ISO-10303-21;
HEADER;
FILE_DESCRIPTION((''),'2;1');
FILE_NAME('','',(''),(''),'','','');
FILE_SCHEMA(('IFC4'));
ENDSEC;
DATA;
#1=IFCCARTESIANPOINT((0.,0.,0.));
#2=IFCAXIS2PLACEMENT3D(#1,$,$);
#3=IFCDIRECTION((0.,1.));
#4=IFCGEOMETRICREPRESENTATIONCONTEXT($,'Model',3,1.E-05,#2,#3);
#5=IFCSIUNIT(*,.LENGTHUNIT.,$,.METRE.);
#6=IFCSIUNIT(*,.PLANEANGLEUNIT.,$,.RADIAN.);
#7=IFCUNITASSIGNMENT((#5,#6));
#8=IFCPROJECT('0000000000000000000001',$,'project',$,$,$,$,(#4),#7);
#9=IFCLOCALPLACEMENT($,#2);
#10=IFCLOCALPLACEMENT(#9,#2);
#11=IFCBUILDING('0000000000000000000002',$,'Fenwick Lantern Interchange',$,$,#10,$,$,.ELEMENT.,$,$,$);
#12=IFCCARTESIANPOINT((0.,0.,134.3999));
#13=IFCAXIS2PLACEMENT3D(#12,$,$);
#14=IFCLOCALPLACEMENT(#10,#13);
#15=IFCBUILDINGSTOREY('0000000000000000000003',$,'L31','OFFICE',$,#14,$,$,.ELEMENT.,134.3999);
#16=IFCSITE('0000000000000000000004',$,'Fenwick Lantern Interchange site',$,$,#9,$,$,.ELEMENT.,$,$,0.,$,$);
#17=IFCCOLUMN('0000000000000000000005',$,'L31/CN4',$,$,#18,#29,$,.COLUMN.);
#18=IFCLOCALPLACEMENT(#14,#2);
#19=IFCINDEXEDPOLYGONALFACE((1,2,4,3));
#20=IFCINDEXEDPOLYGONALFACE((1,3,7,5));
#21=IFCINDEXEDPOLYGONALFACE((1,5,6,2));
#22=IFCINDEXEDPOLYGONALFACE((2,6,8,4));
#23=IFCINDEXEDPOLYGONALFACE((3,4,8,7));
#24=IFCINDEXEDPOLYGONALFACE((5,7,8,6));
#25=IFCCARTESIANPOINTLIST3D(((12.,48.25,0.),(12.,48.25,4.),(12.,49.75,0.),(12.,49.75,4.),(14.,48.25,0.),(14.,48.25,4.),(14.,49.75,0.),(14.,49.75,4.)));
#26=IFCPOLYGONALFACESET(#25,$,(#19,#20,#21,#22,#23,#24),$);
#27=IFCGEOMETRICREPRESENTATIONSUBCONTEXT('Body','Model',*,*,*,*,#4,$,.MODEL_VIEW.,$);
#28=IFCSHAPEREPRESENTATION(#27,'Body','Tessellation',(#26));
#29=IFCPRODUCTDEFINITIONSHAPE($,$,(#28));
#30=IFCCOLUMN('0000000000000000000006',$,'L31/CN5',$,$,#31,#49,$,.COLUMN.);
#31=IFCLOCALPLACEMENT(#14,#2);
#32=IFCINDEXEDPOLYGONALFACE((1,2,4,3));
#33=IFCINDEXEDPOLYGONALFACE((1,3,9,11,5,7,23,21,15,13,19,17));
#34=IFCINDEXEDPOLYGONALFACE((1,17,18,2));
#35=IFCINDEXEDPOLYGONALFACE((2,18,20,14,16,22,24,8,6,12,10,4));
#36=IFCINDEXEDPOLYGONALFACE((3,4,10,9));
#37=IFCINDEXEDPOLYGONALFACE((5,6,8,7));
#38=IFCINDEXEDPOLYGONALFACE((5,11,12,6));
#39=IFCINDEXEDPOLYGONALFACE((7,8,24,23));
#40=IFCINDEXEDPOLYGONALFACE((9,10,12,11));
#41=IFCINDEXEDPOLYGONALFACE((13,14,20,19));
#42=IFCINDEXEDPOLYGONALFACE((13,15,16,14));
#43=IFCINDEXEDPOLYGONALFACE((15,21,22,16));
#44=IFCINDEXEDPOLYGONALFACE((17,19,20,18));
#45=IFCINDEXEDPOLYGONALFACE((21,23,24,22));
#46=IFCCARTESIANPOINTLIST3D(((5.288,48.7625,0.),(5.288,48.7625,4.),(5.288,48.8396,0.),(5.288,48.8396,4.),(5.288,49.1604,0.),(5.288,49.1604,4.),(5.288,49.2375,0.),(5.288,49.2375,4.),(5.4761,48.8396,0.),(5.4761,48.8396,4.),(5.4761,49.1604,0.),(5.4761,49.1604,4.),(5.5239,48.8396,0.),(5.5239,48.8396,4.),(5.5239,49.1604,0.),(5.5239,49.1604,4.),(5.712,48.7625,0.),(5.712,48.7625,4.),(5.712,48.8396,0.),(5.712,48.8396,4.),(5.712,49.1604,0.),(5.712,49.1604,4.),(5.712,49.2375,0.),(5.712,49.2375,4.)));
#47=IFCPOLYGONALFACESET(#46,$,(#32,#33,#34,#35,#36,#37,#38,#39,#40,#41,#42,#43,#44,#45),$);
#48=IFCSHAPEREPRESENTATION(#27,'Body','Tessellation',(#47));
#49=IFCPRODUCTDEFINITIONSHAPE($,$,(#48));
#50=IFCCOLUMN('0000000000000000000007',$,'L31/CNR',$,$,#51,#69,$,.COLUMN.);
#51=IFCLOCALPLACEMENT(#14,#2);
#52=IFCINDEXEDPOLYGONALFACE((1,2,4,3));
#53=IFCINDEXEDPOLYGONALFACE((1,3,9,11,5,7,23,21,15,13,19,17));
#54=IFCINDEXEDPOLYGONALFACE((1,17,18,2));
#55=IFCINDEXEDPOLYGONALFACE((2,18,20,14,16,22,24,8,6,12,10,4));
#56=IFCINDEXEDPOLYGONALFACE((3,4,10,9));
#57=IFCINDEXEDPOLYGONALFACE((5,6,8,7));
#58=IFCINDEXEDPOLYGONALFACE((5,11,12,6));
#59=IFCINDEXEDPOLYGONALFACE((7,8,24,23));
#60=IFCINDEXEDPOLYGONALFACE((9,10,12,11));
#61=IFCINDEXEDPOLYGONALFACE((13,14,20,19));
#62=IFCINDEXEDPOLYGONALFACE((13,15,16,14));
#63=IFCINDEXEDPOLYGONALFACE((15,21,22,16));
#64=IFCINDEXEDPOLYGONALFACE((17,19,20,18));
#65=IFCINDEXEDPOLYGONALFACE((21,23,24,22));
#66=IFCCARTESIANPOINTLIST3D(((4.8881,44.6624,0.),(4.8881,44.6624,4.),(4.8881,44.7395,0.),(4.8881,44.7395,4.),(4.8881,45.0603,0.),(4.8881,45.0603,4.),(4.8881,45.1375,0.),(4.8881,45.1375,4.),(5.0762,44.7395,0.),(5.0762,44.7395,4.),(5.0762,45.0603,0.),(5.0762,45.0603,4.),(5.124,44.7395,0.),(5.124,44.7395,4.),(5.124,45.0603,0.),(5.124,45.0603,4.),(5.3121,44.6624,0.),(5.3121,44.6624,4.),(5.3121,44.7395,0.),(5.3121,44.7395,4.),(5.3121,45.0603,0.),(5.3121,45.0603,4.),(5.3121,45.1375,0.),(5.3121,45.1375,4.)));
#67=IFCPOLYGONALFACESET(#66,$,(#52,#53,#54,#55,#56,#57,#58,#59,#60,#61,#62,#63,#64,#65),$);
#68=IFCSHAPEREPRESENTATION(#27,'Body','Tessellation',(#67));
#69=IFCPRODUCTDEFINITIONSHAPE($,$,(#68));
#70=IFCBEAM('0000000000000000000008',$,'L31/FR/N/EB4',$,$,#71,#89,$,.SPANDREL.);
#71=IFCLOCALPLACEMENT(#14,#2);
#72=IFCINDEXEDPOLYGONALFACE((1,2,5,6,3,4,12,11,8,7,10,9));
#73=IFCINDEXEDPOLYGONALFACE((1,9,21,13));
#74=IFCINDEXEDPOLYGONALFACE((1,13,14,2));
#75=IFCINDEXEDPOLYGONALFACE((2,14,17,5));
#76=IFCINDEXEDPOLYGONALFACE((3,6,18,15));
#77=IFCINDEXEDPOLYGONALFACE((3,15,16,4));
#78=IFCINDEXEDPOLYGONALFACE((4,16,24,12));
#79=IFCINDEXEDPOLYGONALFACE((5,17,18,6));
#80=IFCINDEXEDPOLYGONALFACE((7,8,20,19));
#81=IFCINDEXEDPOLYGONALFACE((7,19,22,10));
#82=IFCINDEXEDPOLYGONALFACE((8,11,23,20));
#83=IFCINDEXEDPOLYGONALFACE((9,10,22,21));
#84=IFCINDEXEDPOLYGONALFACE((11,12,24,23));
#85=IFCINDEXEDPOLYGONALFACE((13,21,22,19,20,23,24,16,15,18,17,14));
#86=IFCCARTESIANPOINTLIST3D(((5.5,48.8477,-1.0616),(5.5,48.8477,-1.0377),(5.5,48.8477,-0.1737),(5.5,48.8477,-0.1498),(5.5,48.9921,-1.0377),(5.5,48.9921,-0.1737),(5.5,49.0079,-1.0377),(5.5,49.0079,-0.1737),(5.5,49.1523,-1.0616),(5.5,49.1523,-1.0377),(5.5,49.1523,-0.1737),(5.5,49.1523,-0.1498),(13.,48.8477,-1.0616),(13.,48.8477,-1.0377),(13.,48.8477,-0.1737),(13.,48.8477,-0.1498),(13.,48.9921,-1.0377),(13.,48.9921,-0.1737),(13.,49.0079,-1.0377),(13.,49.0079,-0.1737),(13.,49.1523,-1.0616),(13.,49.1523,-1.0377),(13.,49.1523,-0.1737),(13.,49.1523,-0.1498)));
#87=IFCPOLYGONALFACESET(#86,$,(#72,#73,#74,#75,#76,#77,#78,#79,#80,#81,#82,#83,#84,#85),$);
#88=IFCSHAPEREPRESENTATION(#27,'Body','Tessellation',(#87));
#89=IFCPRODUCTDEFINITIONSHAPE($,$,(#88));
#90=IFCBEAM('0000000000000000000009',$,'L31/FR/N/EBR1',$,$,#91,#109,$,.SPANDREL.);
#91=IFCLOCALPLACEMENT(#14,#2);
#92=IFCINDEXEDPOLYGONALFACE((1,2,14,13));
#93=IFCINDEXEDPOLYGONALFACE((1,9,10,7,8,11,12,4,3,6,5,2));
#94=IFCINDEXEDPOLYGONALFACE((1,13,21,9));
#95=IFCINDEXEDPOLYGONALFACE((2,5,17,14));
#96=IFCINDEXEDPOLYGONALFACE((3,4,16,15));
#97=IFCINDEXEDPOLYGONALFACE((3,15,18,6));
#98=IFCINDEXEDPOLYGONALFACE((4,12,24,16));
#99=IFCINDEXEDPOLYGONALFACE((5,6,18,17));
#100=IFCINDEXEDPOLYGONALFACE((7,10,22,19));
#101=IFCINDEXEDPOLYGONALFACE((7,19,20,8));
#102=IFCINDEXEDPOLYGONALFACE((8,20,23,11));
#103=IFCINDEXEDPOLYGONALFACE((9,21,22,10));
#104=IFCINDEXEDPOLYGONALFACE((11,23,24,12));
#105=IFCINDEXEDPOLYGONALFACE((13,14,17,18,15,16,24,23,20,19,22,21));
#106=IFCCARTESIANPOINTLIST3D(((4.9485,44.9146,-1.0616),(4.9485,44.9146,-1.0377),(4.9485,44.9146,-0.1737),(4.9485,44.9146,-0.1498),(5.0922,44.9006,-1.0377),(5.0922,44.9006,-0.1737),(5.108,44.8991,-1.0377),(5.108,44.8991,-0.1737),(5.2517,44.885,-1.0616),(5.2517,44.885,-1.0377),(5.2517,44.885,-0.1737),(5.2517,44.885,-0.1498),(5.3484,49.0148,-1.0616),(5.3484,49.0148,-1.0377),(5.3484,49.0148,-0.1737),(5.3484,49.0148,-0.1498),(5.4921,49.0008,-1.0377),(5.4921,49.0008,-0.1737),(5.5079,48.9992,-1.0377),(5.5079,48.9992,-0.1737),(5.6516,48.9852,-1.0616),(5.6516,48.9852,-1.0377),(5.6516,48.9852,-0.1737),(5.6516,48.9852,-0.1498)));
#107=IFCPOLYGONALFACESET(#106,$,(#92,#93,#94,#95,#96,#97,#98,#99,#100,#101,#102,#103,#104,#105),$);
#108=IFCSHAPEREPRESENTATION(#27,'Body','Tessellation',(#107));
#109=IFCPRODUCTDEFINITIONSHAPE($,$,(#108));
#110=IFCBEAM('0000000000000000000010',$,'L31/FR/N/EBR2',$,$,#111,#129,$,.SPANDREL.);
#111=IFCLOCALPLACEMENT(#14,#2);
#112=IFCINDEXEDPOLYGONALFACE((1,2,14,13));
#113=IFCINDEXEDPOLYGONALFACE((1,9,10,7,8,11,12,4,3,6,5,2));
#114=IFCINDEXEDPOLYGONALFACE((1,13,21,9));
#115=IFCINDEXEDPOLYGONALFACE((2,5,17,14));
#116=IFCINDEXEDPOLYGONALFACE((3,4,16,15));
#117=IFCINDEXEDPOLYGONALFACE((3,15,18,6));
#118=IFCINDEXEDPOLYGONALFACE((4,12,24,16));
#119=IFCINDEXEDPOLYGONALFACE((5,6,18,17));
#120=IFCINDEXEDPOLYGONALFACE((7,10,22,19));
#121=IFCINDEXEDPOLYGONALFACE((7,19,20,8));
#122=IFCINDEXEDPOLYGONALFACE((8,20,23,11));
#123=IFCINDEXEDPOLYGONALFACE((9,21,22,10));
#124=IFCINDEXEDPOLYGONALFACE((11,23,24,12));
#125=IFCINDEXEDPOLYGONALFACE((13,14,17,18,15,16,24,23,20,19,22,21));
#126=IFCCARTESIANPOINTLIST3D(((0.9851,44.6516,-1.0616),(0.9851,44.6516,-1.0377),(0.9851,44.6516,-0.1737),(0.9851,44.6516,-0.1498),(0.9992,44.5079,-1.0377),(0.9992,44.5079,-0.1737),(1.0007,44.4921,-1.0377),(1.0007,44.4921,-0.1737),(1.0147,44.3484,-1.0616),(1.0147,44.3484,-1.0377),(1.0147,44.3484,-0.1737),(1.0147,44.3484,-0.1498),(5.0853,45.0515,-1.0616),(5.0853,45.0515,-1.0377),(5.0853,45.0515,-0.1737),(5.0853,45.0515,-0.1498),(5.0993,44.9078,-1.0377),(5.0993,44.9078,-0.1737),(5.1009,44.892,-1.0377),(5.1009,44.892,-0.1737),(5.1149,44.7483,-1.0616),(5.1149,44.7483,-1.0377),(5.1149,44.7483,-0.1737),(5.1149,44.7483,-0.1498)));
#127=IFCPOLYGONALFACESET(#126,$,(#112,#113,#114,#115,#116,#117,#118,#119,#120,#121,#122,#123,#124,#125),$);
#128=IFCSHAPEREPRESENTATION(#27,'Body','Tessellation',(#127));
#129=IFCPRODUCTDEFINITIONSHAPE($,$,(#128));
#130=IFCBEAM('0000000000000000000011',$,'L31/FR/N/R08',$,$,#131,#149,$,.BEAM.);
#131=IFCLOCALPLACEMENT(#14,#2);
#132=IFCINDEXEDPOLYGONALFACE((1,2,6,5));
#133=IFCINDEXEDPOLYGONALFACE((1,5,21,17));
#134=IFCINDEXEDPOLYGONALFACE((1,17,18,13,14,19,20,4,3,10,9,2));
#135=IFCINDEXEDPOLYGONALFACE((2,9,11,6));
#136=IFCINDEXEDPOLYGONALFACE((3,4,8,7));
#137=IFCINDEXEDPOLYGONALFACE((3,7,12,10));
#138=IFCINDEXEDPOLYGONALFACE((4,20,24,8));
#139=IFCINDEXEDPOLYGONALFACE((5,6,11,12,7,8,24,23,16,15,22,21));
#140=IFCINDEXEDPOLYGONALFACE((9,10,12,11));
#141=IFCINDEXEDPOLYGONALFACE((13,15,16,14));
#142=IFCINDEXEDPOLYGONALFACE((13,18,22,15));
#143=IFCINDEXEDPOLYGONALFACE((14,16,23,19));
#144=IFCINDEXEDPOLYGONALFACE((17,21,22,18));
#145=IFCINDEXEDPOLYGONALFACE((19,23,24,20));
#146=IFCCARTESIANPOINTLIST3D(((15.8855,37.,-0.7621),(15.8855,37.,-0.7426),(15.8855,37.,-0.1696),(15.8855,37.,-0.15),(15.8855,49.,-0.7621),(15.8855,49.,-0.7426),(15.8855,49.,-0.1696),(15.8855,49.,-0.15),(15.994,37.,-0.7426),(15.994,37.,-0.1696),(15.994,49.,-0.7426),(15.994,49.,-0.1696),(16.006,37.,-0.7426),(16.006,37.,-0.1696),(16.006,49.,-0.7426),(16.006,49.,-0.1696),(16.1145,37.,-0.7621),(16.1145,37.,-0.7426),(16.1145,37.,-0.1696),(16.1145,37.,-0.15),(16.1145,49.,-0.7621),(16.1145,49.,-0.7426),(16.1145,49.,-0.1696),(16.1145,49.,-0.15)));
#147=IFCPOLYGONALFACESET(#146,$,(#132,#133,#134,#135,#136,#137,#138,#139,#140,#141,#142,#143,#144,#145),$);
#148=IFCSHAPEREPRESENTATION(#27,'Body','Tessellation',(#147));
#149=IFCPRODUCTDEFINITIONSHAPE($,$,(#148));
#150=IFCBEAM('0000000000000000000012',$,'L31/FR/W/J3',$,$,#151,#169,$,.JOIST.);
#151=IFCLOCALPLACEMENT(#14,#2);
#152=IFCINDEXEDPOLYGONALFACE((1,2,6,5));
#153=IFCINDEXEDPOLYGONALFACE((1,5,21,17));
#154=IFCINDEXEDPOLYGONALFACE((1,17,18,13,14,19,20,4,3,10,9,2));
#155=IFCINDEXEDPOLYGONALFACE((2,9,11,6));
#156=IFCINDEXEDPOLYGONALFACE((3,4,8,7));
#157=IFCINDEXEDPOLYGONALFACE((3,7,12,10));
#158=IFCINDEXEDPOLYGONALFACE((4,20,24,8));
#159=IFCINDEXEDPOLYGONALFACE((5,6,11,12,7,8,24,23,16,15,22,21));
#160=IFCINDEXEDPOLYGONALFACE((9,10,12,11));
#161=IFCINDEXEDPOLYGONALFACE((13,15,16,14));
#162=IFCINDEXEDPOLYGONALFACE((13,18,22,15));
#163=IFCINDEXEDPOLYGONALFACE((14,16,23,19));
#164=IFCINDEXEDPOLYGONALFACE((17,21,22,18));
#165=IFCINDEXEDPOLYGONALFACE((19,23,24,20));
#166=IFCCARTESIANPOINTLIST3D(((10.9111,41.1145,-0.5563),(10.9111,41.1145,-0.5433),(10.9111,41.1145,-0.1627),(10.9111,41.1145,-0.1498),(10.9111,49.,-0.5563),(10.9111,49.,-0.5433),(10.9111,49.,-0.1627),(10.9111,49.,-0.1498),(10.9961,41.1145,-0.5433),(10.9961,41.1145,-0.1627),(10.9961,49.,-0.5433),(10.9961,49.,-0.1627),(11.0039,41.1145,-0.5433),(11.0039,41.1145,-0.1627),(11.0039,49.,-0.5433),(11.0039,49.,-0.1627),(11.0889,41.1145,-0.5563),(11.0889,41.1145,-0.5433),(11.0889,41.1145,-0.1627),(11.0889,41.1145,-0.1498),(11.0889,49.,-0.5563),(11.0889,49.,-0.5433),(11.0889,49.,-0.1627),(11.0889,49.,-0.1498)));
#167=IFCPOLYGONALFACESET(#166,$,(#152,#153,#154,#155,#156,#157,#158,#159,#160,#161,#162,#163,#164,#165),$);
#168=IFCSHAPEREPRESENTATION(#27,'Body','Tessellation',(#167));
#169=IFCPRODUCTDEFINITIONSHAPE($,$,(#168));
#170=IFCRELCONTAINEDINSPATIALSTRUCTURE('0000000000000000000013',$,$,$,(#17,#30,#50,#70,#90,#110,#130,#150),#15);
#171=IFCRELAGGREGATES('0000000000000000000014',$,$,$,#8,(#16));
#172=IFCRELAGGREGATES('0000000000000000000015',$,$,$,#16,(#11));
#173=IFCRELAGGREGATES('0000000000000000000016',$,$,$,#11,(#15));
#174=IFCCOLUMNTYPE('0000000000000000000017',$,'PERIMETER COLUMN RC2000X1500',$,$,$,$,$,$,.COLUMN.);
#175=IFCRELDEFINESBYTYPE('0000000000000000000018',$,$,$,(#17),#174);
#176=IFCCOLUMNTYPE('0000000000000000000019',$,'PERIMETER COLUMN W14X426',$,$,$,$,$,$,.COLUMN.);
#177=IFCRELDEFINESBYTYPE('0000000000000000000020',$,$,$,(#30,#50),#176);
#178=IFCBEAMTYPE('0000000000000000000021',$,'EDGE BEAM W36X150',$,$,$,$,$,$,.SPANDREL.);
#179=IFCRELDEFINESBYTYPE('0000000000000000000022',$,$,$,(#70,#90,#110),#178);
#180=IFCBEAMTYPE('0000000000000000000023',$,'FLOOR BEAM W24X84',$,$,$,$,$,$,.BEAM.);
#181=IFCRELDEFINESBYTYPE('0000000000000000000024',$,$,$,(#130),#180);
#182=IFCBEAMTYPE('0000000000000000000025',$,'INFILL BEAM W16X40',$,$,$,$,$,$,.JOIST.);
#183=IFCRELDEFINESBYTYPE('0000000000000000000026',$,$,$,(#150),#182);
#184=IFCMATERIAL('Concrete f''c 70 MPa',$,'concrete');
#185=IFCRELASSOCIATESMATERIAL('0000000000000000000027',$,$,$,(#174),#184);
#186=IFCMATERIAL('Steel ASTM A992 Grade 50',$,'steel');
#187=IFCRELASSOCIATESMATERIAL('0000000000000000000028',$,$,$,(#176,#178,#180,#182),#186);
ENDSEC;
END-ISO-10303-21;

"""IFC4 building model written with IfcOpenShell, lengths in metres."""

from ifc_helpers import new_model, si_unit, direction, frame, origin, origin_2d, place, context, subcontext, project, spatial, rectangle, i_section, extrude, material, material_profile, profile_set, type_object, element, save


model = new_model("IFC4")

# Units and contexts
model_context = context("Model", 3, precision=1e-05, world=origin(), true_north=direction((0.0, 1.0)))
body_context = subcontext(model_context, "Body", "Model", "MODEL_VIEW")
ifc_project = project(units=[si_unit("LENGTHUNIT", "METRE"), si_unit("PLANEANGLEUNIT", "RADIAN")], contexts=[model_context])

# Site, building, storey
site_placement = place(None, origin())
site = spatial("IfcSite", under=ifc_project, at=site_placement, Name="Fenwick Lantern Interchange site", CompositionType="ELEMENT", RefElevation=0.0)
building_placement = place(site_placement, origin())
building = spatial("IfcBuilding", under=site, at=building_placement, Name="Fenwick Lantern Interchange", CompositionType="ELEMENT")
storey_placement = place(building_placement, frame((0.0, 0.0, 134.3999)))
storey = spatial("IfcBuildingStorey", under=building, at=storey_placement, Name="L31", Description="OFFICE", CompositionType="ELEMENT", Elevation=134.3999)

# Columns
ifc_material_1 = material(Name="Concrete f'c 70 MPa", Category="concrete")
ifc_material_profile_1 = material_profile(ifc_material_1, rectangle(XDim=2.0, YDim=1.5, at=origin_2d()), Name="RC2000X1500")
ifc_profile_set_1 = profile_set([ifc_material_profile_1], Name="Concrete f'c 70 MPa")
column_type_1 = type_object("IfcColumnType", Name="PERIMETER COLUMN RC2000X1500", PredefinedType="COLUMN", material=ifc_profile_set_1)
column_placement = place(storey_placement, frame((13.0, 49.0, 0.0), z_axis=(0.0, 0.0, 1.0), x_axis=(1.0, 0.0, 0.0)))
element("IfcColumn", 1, at=column_placement, inside=storey, type_object=column_type_1, Name="L31/CN4", PredefinedType="COLUMN", context=body_context, shape_type="SweptSolid", body=[
    extrude(rectangle(XDim=2.0, YDim=1.5, at=origin_2d()), origin(), (0.0, 0.0, 1.0), 4.0),
])
ifc_material_2 = material(Name="Steel ASTM A992 Grade 50", Category="steel")
ifc_material_profile_2 = material_profile(ifc_material_2, i_section(OverallWidth=0.4241, OverallDepth=0.4751, WebThickness=0.0479, FlangeThickness=0.0771, at=origin_2d()), Name="W14X426")
ifc_profile_set_2 = profile_set([ifc_material_profile_2], Name="Steel ASTM A992 Grade 50")
column_type_2 = type_object("IfcColumnType", Name="PERIMETER COLUMN W14X426", PredefinedType="COLUMN", material=ifc_profile_set_2)
for number, where, z_axis, x_axis, name in (
    (2, (5.5, 49.0, 0.0), (0.0, 0.0, 1.0), (1.0, 0.0, 0.0), "L31/CN5"),
    (3, (5.1001, 44.8999, 0.0), (0.0, 0.0, 1.0), (1.0, 0.0, 0.0), "L31/CNR"),
):
    element("IfcColumn", number, at=place(storey_placement, frame(where, z_axis=z_axis, x_axis=x_axis)), inside=storey, type_object=column_type_2, Name=name, PredefinedType="COLUMN", context=body_context, shape_type="SweptSolid", body=[
        extrude(i_section(OverallWidth=0.4241, OverallDepth=0.4751, WebThickness=0.0479, FlangeThickness=0.0771, at=origin_2d()), origin(), (0.0, 0.0, 1.0), 4.0),
    ])

# Beams
ifc_material_profile_3 = material_profile(ifc_material_2, i_section(OverallWidth=0.3047, OverallDepth=0.9119, WebThickness=0.0159, FlangeThickness=0.0239, at=origin_2d()), Name="W36X150")
ifc_profile_set_3 = profile_set([ifc_material_profile_3], Name="Steel ASTM A992 Grade 50")
beam_type_1 = type_object("IfcBeamType", Name="EDGE BEAM W36X150", PredefinedType="SPANDREL", material=ifc_profile_set_3)
beam_1_placement = place(storey_placement, frame((13.0, 49.0, -0.6057), z_axis=(-1.0, 0.0, 0.0), x_axis=(0.0, -1.0, 0.0)))
element("IfcBeam", 4, at=beam_1_placement, inside=storey, type_object=beam_type_1, Name="L31/FR/N/EB4", PredefinedType="SPANDREL", context=body_context, shape_type="SweptSolid", body=[
    extrude(i_section(OverallWidth=0.3047, OverallDepth=0.9119, WebThickness=0.0159, FlangeThickness=0.0239, at=origin_2d()), origin(), (0.0, 0.0, 1.0), 7.5),
])
for number, where, z_axis, x_axis, name in (
    (5, (5.5, 49.0, -0.6057), (-0.097074, -0.995277, 0.0), (0.995277, -0.097074, 0.0), "L31/FR/N/EBR1"),
    (6, (5.1001, 44.8999, -0.6057), (-0.995277, -0.097074, 0.0), (0.097074, -0.995277, 0.0), "L31/FR/N/EBR2"),
):
    element("IfcBeam", number, at=place(storey_placement, frame(where, z_axis=z_axis, x_axis=x_axis)), inside=storey, type_object=beam_type_1, Name=name, PredefinedType="SPANDREL", context=body_context, shape_type="SweptSolid", body=[
        extrude(i_section(OverallWidth=0.3047, OverallDepth=0.9119, WebThickness=0.0159, FlangeThickness=0.0239, at=origin_2d()), origin(), (0.0, 0.0, 1.0), 4.1196),
    ])
ifc_material_profile_4 = material_profile(ifc_material_2, i_section(OverallWidth=0.229, OverallDepth=0.6121, WebThickness=0.012, FlangeThickness=0.0195, at=origin_2d()), Name="W24X84")
ifc_profile_set_4 = profile_set([ifc_material_profile_4], Name="Steel ASTM A992 Grade 50")
beam_type_2 = type_object("IfcBeamType", Name="FLOOR BEAM W24X84", PredefinedType="BEAM", material=ifc_profile_set_4)
beam_2_placement = place(storey_placement, frame((16.0, 49.0, -0.4561), z_axis=(0.0, -1.0, 0.0), x_axis=(1.0, 0.0, 0.0)))
element("IfcBeam", 7, at=beam_2_placement, inside=storey, type_object=beam_type_2, Name="L31/FR/N/R08", PredefinedType="BEAM", context=body_context, shape_type="SweptSolid", body=[
    extrude(i_section(OverallWidth=0.229, OverallDepth=0.6121, WebThickness=0.012, FlangeThickness=0.0195, at=origin_2d()), origin(), (0.0, 0.0, 1.0), 12.0),
])
ifc_material_profile_5 = material_profile(ifc_material_2, i_section(OverallWidth=0.1777, OverallDepth=0.4065, WebThickness=0.0078, FlangeThickness=0.0129, at=origin_2d()), Name="W16X40")
ifc_profile_set_5 = profile_set([ifc_material_profile_5], Name="Steel ASTM A992 Grade 50")
beam_type_3 = type_object("IfcBeamType", Name="INFILL BEAM W16X40", PredefinedType="JOIST", material=ifc_profile_set_5)
beam_3_placement = place(storey_placement, frame((11.0, 49.0, -0.353), z_axis=(0.0, -1.0, 0.0), x_axis=(1.0, 0.0, 0.0)))
element("IfcBeam", 8, at=beam_3_placement, inside=storey, type_object=beam_type_3, Name="L31/FR/W/J3", PredefinedType="JOIST", context=body_context, shape_type="SweptSolid", body=[
    extrude(i_section(OverallWidth=0.1777, OverallDepth=0.4065, WebThickness=0.0078, FlangeThickness=0.0129, at=origin_2d()), origin(), (0.0, 0.0, 1.0), 7.8855),
])

save(model, "model.ifc")
